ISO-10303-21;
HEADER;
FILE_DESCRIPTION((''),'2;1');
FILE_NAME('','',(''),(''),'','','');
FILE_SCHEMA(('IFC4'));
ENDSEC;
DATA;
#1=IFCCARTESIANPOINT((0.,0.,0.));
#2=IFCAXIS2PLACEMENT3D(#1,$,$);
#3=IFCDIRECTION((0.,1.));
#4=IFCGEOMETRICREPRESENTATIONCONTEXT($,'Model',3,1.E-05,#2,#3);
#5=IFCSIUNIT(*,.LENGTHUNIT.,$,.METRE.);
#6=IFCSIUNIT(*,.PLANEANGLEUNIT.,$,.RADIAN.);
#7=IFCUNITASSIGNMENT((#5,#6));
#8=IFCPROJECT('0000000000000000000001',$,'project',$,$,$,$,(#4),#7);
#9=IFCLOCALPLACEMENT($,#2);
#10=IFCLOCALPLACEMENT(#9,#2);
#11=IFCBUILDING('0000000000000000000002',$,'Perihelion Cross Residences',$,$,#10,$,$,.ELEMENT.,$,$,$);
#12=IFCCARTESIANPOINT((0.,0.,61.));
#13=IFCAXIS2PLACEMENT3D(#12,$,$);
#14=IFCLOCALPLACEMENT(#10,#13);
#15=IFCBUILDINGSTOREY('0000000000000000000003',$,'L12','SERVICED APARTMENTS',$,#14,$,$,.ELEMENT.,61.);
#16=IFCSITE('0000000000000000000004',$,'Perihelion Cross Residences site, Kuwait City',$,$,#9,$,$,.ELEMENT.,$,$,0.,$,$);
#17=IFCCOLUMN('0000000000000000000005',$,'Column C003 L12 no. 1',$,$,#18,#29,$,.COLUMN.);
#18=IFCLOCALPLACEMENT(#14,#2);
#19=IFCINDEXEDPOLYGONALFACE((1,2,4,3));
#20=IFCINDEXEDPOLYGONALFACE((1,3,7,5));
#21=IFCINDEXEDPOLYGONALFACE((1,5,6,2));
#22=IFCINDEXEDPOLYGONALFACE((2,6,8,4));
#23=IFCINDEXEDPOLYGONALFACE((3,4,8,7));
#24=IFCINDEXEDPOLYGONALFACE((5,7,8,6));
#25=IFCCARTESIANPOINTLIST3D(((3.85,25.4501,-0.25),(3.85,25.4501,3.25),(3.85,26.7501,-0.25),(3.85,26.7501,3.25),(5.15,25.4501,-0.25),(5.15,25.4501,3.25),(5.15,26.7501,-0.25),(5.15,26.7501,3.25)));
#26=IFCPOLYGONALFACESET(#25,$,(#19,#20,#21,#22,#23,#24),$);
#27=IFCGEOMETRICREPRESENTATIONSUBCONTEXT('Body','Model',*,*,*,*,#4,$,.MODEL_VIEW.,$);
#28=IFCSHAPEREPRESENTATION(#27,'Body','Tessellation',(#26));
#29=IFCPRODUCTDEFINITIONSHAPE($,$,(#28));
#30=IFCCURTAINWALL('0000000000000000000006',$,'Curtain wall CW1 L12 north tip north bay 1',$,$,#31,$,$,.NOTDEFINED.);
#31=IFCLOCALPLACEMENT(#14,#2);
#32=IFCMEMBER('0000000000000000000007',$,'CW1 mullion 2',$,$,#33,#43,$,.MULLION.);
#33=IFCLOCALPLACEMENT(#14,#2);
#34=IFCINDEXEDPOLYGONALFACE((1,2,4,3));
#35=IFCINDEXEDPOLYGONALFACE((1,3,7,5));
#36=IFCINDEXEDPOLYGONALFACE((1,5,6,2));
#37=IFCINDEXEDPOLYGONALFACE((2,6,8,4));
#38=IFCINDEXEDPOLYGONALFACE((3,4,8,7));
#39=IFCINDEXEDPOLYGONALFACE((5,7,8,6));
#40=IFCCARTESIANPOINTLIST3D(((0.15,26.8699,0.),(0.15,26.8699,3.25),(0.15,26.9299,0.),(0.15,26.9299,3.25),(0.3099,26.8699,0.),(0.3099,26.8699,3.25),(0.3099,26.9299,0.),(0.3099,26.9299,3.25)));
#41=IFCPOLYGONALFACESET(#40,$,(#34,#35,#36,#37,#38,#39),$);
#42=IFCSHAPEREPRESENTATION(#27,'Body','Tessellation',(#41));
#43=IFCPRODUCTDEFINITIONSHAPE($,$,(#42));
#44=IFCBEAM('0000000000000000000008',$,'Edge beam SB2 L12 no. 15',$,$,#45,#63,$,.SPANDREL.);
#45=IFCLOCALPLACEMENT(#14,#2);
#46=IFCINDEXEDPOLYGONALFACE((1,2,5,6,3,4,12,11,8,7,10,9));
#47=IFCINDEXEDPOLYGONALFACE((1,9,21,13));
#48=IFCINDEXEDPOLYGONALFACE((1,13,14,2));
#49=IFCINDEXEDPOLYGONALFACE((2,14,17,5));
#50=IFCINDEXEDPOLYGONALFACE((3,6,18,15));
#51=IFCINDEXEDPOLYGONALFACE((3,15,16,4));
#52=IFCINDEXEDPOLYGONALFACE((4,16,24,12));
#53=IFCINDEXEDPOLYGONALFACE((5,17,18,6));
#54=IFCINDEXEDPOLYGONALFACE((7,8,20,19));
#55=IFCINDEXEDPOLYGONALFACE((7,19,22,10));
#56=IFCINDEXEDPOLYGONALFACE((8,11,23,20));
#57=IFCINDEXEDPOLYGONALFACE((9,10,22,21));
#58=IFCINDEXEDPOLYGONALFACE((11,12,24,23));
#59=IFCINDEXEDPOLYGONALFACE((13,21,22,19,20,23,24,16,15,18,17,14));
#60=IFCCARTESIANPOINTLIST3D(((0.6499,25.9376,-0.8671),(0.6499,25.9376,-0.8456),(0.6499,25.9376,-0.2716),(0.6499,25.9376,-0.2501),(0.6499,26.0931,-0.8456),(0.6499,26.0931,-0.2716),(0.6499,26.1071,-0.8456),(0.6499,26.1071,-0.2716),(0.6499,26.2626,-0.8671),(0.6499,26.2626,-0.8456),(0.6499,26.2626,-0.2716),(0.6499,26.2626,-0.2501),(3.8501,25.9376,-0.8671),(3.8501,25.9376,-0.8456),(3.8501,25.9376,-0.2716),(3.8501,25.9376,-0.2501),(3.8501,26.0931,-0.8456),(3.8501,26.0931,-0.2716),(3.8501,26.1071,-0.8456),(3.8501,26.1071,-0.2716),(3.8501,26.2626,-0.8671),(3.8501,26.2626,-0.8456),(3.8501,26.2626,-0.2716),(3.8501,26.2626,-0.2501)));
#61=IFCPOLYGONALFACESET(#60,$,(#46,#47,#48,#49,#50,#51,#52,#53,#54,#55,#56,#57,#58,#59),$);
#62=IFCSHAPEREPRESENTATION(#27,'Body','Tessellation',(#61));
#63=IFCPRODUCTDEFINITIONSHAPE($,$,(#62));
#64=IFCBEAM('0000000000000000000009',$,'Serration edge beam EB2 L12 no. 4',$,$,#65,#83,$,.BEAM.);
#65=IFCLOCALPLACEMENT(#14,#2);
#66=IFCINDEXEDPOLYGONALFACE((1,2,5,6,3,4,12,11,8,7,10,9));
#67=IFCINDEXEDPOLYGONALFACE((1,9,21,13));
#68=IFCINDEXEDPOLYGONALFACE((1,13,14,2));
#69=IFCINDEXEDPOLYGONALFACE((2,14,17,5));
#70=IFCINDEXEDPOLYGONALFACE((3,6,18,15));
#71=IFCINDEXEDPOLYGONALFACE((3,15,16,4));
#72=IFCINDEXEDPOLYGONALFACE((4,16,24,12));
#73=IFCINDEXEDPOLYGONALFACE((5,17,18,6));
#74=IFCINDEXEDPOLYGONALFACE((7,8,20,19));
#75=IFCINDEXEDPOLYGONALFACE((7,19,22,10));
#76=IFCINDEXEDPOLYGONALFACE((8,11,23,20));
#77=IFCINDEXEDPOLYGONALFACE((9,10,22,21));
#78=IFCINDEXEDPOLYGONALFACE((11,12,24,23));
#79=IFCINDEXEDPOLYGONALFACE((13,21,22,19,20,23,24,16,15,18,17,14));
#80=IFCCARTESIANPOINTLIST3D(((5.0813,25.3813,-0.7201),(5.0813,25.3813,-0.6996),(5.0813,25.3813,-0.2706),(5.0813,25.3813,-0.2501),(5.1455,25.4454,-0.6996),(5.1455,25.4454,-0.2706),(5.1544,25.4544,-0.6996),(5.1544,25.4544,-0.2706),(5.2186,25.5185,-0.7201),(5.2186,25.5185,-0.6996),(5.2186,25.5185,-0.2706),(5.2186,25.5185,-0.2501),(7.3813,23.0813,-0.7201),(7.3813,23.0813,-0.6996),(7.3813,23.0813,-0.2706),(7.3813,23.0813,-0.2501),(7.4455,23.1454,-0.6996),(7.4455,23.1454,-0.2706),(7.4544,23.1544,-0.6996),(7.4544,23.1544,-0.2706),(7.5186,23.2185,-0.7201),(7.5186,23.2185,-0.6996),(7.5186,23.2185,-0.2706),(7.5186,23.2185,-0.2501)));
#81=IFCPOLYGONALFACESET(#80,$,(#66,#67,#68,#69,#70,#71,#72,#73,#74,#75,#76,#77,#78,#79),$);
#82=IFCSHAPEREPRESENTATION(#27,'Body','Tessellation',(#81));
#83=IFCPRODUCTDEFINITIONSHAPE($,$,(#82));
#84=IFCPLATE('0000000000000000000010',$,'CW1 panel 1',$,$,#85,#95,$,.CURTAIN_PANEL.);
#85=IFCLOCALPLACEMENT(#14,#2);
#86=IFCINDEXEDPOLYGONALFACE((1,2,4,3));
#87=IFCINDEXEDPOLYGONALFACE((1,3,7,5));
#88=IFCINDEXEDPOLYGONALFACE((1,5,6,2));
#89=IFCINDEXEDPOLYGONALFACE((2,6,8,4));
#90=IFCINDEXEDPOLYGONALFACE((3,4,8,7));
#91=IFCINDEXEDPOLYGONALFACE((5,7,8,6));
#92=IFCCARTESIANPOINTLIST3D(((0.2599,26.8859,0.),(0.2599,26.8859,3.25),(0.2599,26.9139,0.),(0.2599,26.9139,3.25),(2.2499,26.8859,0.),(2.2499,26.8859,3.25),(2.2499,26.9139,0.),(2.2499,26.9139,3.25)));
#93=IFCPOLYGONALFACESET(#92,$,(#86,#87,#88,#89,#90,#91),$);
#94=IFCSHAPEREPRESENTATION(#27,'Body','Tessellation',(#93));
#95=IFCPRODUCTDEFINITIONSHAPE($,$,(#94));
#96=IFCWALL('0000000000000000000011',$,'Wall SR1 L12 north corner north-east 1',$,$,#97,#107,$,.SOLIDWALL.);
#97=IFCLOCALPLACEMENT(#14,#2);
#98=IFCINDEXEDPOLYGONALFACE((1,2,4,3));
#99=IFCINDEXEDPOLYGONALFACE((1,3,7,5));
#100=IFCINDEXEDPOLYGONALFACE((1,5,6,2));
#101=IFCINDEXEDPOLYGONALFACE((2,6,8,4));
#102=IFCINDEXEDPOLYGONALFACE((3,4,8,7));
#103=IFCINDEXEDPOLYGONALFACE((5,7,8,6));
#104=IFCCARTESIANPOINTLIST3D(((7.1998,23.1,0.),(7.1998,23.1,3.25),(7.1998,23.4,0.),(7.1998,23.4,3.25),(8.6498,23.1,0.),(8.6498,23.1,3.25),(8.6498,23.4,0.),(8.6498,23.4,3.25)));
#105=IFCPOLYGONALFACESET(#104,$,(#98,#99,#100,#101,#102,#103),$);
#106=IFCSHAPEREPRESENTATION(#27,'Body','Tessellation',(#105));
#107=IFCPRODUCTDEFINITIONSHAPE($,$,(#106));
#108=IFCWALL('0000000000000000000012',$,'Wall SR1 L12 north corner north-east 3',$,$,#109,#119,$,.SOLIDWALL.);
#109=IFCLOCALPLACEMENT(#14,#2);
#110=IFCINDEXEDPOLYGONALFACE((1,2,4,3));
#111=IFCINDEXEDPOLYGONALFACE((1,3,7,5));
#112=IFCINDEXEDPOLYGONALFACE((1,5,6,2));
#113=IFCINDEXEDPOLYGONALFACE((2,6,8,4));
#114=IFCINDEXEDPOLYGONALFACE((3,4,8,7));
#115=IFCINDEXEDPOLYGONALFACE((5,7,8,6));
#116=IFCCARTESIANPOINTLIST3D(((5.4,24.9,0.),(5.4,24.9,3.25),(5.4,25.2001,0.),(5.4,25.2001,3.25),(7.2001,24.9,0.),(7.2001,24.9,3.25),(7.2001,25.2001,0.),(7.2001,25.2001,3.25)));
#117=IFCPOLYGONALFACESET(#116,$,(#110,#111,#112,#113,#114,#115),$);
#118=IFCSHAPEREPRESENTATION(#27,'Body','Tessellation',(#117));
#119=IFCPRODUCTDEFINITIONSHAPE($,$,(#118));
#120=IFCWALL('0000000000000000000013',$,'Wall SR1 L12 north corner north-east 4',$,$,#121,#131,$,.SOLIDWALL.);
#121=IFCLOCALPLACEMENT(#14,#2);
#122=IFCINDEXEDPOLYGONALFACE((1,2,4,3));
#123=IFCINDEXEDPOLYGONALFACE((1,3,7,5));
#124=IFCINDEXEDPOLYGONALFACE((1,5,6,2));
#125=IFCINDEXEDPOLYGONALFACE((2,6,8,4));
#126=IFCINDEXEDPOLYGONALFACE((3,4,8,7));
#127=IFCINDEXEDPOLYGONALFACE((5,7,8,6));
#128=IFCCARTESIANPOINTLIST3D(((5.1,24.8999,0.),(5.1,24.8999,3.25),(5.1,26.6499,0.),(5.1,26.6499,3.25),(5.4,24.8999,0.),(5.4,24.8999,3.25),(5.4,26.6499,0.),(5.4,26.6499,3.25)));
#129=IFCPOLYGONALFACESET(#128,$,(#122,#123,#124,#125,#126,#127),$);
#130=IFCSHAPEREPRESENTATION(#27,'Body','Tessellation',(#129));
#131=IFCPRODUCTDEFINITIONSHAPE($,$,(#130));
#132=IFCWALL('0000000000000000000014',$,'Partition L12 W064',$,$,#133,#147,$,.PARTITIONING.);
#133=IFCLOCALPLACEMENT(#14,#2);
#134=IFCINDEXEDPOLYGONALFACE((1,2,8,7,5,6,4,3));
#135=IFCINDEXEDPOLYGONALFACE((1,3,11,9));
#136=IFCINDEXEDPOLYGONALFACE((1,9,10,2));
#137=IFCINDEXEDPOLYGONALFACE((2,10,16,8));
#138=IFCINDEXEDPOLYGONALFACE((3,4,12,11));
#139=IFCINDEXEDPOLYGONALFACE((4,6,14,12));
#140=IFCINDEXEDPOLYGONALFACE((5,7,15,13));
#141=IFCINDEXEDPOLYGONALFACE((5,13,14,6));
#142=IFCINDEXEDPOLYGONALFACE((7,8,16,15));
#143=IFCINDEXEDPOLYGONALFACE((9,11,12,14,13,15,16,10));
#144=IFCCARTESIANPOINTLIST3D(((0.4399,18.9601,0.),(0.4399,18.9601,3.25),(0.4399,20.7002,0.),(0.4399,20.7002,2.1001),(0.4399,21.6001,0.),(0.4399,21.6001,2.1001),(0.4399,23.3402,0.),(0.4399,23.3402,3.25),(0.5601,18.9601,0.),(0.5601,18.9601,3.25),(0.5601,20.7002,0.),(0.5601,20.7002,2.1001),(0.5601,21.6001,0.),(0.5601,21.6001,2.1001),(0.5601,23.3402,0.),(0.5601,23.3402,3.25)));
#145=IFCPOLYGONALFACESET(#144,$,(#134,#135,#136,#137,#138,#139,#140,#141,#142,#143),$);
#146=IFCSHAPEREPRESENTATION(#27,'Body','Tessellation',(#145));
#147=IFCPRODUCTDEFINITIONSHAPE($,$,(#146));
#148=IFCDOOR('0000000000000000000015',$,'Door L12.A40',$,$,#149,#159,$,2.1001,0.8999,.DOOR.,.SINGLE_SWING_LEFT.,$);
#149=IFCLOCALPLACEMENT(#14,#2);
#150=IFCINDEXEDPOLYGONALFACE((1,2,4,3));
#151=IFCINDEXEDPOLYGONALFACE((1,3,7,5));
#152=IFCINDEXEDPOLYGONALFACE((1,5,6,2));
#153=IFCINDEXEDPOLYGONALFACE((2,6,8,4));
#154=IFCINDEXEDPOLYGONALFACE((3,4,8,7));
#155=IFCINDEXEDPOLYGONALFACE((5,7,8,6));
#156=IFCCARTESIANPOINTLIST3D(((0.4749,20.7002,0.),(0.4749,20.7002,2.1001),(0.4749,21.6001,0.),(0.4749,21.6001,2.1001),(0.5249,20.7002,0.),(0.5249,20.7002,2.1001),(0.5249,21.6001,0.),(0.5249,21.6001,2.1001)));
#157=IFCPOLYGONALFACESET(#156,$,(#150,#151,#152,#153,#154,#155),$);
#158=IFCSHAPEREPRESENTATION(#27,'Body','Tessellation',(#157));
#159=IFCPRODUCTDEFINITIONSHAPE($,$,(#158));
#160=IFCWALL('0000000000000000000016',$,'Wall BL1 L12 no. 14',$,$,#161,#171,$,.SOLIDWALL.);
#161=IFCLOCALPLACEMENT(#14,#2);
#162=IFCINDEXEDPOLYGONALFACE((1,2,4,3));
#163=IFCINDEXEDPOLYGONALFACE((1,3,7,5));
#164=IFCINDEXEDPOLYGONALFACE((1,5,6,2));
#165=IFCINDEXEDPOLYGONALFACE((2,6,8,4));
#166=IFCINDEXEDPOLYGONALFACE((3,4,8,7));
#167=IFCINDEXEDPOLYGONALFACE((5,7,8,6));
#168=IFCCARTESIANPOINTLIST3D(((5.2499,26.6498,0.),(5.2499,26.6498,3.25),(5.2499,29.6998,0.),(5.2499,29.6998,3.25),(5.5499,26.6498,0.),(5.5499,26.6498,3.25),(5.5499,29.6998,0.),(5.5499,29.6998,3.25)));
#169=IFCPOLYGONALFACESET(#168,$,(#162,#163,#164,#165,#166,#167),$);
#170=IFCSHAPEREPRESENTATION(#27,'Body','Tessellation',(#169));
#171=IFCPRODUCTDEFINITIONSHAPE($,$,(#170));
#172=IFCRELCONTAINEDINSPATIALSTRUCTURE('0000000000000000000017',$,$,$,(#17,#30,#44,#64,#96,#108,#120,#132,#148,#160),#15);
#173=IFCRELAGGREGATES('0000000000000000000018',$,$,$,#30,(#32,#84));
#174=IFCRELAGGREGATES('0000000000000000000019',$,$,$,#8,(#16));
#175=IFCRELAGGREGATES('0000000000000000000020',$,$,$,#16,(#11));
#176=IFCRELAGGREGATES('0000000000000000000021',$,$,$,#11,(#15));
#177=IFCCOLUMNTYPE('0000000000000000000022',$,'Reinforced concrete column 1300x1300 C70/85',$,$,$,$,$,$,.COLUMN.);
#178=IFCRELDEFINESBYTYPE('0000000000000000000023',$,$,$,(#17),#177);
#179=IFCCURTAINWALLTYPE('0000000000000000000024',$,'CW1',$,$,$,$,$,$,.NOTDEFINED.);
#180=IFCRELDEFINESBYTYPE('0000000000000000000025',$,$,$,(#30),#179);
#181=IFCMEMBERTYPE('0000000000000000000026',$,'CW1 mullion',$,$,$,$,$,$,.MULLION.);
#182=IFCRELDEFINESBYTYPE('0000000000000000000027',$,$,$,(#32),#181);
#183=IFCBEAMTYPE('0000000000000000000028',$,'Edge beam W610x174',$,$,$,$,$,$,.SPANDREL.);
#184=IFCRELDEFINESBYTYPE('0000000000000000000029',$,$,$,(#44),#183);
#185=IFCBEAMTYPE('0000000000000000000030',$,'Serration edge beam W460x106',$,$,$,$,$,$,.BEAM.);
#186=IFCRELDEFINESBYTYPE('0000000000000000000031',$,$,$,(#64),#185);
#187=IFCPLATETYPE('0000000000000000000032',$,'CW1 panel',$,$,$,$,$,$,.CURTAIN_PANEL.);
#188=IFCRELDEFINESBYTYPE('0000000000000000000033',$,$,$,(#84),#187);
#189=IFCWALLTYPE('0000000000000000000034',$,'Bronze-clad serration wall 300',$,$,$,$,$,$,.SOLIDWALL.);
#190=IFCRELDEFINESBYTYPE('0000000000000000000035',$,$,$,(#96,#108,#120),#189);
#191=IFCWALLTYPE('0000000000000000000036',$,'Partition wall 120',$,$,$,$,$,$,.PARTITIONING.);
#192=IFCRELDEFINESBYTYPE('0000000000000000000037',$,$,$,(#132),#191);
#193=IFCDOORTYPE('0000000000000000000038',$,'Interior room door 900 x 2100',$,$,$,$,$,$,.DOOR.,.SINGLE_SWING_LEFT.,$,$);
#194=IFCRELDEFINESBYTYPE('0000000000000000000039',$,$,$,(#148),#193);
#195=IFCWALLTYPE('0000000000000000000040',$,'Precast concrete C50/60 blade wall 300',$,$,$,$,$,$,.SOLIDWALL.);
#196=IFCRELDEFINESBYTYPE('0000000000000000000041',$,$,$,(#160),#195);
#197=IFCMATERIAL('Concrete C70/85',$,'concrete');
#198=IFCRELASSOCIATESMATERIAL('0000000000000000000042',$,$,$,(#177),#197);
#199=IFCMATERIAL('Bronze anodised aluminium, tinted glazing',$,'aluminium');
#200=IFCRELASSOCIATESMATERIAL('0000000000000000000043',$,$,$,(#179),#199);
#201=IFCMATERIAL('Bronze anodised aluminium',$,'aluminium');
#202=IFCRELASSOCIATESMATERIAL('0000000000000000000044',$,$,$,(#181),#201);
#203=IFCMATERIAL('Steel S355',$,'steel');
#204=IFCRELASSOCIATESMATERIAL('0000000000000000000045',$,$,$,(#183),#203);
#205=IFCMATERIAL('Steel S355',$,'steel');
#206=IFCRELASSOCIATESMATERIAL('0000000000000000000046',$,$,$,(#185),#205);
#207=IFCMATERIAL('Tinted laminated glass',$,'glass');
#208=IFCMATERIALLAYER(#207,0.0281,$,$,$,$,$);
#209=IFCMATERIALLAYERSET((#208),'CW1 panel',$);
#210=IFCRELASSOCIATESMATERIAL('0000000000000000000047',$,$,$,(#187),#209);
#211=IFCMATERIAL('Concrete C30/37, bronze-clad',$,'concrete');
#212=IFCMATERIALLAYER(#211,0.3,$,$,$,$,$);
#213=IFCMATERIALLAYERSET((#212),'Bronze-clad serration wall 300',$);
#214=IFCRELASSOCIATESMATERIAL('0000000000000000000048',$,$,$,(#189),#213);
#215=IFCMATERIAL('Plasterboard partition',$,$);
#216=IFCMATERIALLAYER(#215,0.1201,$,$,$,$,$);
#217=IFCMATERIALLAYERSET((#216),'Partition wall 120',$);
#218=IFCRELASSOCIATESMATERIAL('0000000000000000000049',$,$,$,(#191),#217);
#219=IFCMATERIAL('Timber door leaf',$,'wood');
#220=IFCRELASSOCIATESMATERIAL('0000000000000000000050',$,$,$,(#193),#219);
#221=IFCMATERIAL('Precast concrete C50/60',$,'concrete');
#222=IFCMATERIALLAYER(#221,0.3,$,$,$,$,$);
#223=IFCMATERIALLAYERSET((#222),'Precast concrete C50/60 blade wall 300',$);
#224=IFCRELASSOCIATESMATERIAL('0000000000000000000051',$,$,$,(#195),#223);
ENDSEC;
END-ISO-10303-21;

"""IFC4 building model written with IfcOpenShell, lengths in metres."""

from ifc_helpers import new_model, si_unit, direction, frame, frame_2d, origin, origin_2d, place, context, subcontext, project, spatial, rectangle, i_section, extrude, material, layer, layer_set, material_profile, profile_set, type_object, element, fill, aggregate, save


model = new_model("IFC4")

# Units and contexts
model_context = context("Model", 3, precision=1e-05, world=origin(), true_north=direction((0.0, 1.0)))
body_context = subcontext(model_context, "Body", "Model", "MODEL_VIEW")
ifc_project = project(units=[si_unit("LENGTHUNIT", "METRE"), si_unit("PLANEANGLEUNIT", "RADIAN")], contexts=[model_context])

# Site, building, storey
site_placement = place(None, origin())
site = spatial("IfcSite", under=ifc_project, at=site_placement, Name="Perihelion Cross Residences site, Kuwait City", CompositionType="ELEMENT", RefElevation=0.0)
building_placement = place(site_placement, origin())
building = spatial("IfcBuilding", under=site, at=building_placement, Name="Perihelion Cross Residences", CompositionType="ELEMENT")
storey_placement = place(building_placement, frame((0.0, 0.0, 61.0)))
storey = spatial("IfcBuildingStorey", under=building, at=storey_placement, Name="L12", Description="SERVICED APARTMENTS", CompositionType="ELEMENT", Elevation=61.0)

# Column
ifc_material_1 = material(Name="Concrete C70/85", Category="concrete")
ifc_material_profile_1 = material_profile(ifc_material_1, rectangle(XDim=1.3, YDim=1.3, at=origin_2d()), Name="RC 1300x1300")
ifc_profile_set_1 = profile_set([ifc_material_profile_1], Name="Concrete C70/85")
column_type = type_object("IfcColumnType", Name="Reinforced concrete column 1300x1300 C70/85", PredefinedType="COLUMN", material=ifc_profile_set_1)
column_placement = place(storey_placement, frame((4.5, 26.1001, -0.25), z_axis=(0.0, 0.0, 1.0), x_axis=(1.0, 0.0, 0.0)))
element("IfcColumn", 1, at=column_placement, inside=storey, type_object=column_type, Name="Column C003 L12 no. 1", PredefinedType="COLUMN", context=body_context, shape_type="SweptSolid", body=[
    extrude(rectangle(XDim=1.3, YDim=1.3, at=origin_2d()), origin(), (0.0, 0.0, 1.0), 3.5),
])

# Curtain wall, member
ifc_material_2 = material(Name="Bronze anodised aluminium, tinted glazing", Category="aluminium")
curtain_wall_type = type_object("IfcCurtainWallType", Name="CW1", PredefinedType="NOTDEFINED", material=ifc_material_2)
curtain_wall_placement = place(storey_placement, origin())
curtain_wall = element("IfcCurtainWall", 2, at=curtain_wall_placement, inside=storey, type_object=curtain_wall_type, Name="Curtain wall CW1 L12 north tip north bay 1", PredefinedType="NOTDEFINED")
ifc_material_3 = material(Name="Bronze anodised aluminium", Category="aluminium")
ifc_material_profile_2 = material_profile(ifc_material_3, rectangle(XDim=0.0601, YDim=0.1599, at=origin_2d()), Name="CW1 mullion")
ifc_profile_set_2 = profile_set([ifc_material_profile_2], Name="Bronze anodised aluminium")
member_type = type_object("IfcMemberType", Name="CW1 mullion", PredefinedType="MULLION", material=ifc_profile_set_2)
member_placement = place(storey_placement, frame((0.23, 26.8999, 0.0), z_axis=(0.0, 0.0, 1.0), x_axis=(0.0, -1.0, 0.0)))
member = element("IfcMember", 3, at=member_placement, type_object=member_type, Name="CW1 mullion 2", PredefinedType="MULLION", context=body_context, shape_type="SweptSolid", body=[
    extrude(rectangle(XDim=0.0601, YDim=0.1599, at=origin_2d()), origin(), (0.0, 0.0, 1.0), 3.25),
])

# Beams
ifc_material_4 = material(Name="Steel S355", Category="steel")
ifc_material_profile_3 = material_profile(ifc_material_4, i_section(OverallWidth=0.325, OverallDepth=0.6169, WebThickness=0.0139, FlangeThickness=0.0215, at=origin_2d()), Name="W610x174")
ifc_profile_set_3 = profile_set([ifc_material_profile_3], Name="Steel S355")
beam_type_1 = type_object("IfcBeamType", Name="Edge beam W610x174", PredefinedType="SPANDREL", material=ifc_profile_set_3)
beam_1_placement = place(storey_placement, frame((3.8501, 26.1001, -0.5586), z_axis=(-1.0, 0.0, 0.0), x_axis=(0.0, -1.0, 0.0)))
element("IfcBeam", 4, at=beam_1_placement, inside=storey, type_object=beam_type_1, Name="Edge beam SB2 L12 no. 15", PredefinedType="SPANDREL", context=body_context, shape_type="SweptSolid", body=[
    extrude(i_section(OverallWidth=0.325, OverallDepth=0.6169, WebThickness=0.0139, FlangeThickness=0.0215, at=origin_2d()), origin(), (0.0, 0.0, 1.0), 3.2002),
])
ifc_material_5 = material(Name="Steel S355", Category="steel")
ifc_material_profile_4 = material_profile(ifc_material_5, i_section(OverallWidth=0.1941, OverallDepth=0.47, WebThickness=0.0127, FlangeThickness=0.0205, at=origin_2d()), Name="W460x106")
ifc_profile_set_4 = profile_set([ifc_material_profile_4], Name="Steel S355")
beam_type_2 = type_object("IfcBeamType", Name="Serration edge beam W460x106", PredefinedType="BEAM", material=ifc_profile_set_4)
beam_2_placement = place(storey_placement, frame((7.45, 23.1499, -0.4851), z_axis=(-0.707107, 0.707107, 0.0), x_axis=(-0.707107, -0.707107, 0.0)))
element("IfcBeam", 5, at=beam_2_placement, inside=storey, type_object=beam_type_2, Name="Serration edge beam EB2 L12 no. 4", PredefinedType="BEAM", context=body_context, shape_type="SweptSolid", body=[
    extrude(i_section(OverallWidth=0.1941, OverallDepth=0.47, WebThickness=0.0127, FlangeThickness=0.0205, at=origin_2d()), origin(), (0.0, 0.0, 1.0), 3.2527),
])

# Plate
ifc_material_6 = material(Name="Tinted laminated glass", Category="glass")
ifc_layer_1 = layer(ifc_material_6, 0.0281)
ifc_layer_set_1 = layer_set([ifc_layer_1], Name="CW1 panel")
plate_type = type_object("IfcPlateType", Name="CW1 panel", PredefinedType="CURTAIN_PANEL", material=ifc_layer_set_1)
plate_placement = place(storey_placement, frame((1.2549, 26.8999, 0.0), z_axis=(0.0, 0.0, 1.0), x_axis=(-1.0, 0.0, 0.0)))
plate = element("IfcPlate", 6, at=plate_placement, type_object=plate_type, Name="CW1 panel 1", PredefinedType="CURTAIN_PANEL", context=body_context, shape_type="SweptSolid", body=[
    extrude(rectangle(XDim=1.99, YDim=0.0281, at=origin_2d()), origin(), (0.0, 0.0, 1.0), 3.25),
])
aggregate(curtain_wall, [member, plate])

# Walls
ifc_material_7 = material(Name="Concrete C30/37, bronze-clad", Category="concrete")
ifc_layer_2 = layer(ifc_material_7, 0.3)
ifc_layer_set_2 = layer_set([ifc_layer_2], Name="Bronze-clad serration wall 300")
wall_type_1 = type_object("IfcWallType", Name="Bronze-clad serration wall 300", PredefinedType="SOLIDWALL", material=ifc_layer_set_2)
wall_1_placement = place(storey_placement, frame((8.6499, 23.25, 0.0), z_axis=(0.0, 0.0, 1.0), x_axis=(-1.0, 0.0, 0.0)))
element("IfcWall", 7, at=wall_1_placement, inside=storey, type_object=wall_type_1, Name="Wall SR1 L12 north corner north-east 1", PredefinedType="SOLIDWALL", context=body_context, shape_type="SweptSolid", body=[
    extrude(rectangle(XDim=1.45, YDim=0.3, at=frame_2d((0.7251, 0.0))), origin(), (0.0, 0.0, 1.0), 3.25),
])
wall_2_placement = place(storey_placement, frame((7.2, 25.05, 0.0), z_axis=(0.0, 0.0, 1.0), x_axis=(-1.0, 0.0, 0.0)))
element("IfcWall", 8, at=wall_2_placement, inside=storey, type_object=wall_type_1, Name="Wall SR1 L12 north corner north-east 3", PredefinedType="SOLIDWALL", context=body_context, shape_type="SweptSolid", body=[
    extrude(rectangle(XDim=1.8, YDim=0.3, at=frame_2d((0.8999, 0.0))), origin(), (0.0, 0.0, 1.0), 3.25),
])
wall_3_placement = place(storey_placement, frame((5.25, 24.8999, 0.0), z_axis=(0.0, 0.0, 1.0), x_axis=(0.0, 1.0, 0.0)))
element("IfcWall", 9, at=wall_3_placement, inside=storey, type_object=wall_type_1, Name="Wall SR1 L12 north corner north-east 4", PredefinedType="SOLIDWALL", context=body_context, shape_type="SweptSolid", body=[
    extrude(rectangle(XDim=1.75, YDim=0.3, at=frame_2d((0.875, 0.0))), origin(), (0.0, 0.0, 1.0), 3.25),
])

# Wall, opening, door
ifc_material_8 = material(Name="Plasterboard partition")
ifc_layer_3 = layer(ifc_material_8, 0.1201)
ifc_layer_set_3 = layer_set([ifc_layer_3], Name="Partition wall 120")
wall_type_2 = type_object("IfcWallType", Name="Partition wall 120", PredefinedType="PARTITIONING", material=ifc_layer_set_3)
wall_4_placement = place(storey_placement, frame((0.5, 23.3401, 0.0), z_axis=(0.0, 0.0, 1.0), x_axis=(0.0, -1.0, 0.0)))
wall_4 = element("IfcWall", 10, at=wall_4_placement, inside=storey, type_object=wall_type_2, Name="Partition L12 W064", PredefinedType="PARTITIONING", context=body_context, shape_type="SweptSolid", body=[
    extrude(rectangle(XDim=4.3801, YDim=0.1201, at=frame_2d((2.1899, 0.0))), origin(), (0.0, 0.0, 1.0), 3.25),
])
opening_1_placement = place(wall_4_placement, frame((1.74, 0.0, 0.0)))
opening_1 = element("IfcOpeningElement", 11, at=opening_1_placement, cuts=wall_4, PredefinedType="OPENING", context=body_context, shape_type="SweptSolid", body=[
    extrude(rectangle(XDim=0.8999, YDim=2.1001, at=frame_2d((0.45, 1.05))), frame((0.0, 0.0701, 0.0), z_axis=(0.0, -1.0, 0.0), x_axis=(1.0, 0.0, 0.0)), (0.0, 0.0, 1.0), 0.1401),
])
ifc_material_9 = material(Name="Timber door leaf", Category="wood")
door_type_1 = type_object("IfcDoorType", Name="Interior room door 900 x 2100", OperationType="SINGLE_SWING_LEFT", PredefinedType="DOOR", material=ifc_material_9)
door_1_placement = place(opening_1_placement, origin())
door_1 = element("IfcDoor", 12, at=door_1_placement, inside=storey, type_object=door_type_1, Name="Door L12.A40", OperationType="SINGLE_SWING_LEFT", OverallHeight=2.1001, OverallWidth=0.8999, PredefinedType="DOOR", context=body_context, shape_type="SweptSolid", body=[
    extrude(rectangle(XDim=0.8999, YDim=2.1001, at=frame_2d((0.45, 1.05))), frame((0.0, 0.0249, 0.0), z_axis=(0.0, -1.0, 0.0), x_axis=(1.0, 0.0, 0.0)), (0.0, 0.0, 1.0), 0.05),
])
fill(opening_1, door_1)

# Wall
ifc_material_10 = material(Name="Precast concrete C50/60", Category="concrete")
ifc_layer_4 = layer(ifc_material_10, 0.3)
ifc_layer_set_4 = layer_set([ifc_layer_4], Name="Precast concrete C50/60 blade wall 300")
wall_type_3 = type_object("IfcWallType", Name="Precast concrete C50/60 blade wall 300", PredefinedType="SOLIDWALL", material=ifc_layer_set_4)
for number, where, z_axis, x_axis, name in (
    (13, (5.3999, 26.6499, 0.0), (0.0, 0.0, 1.0), (0.0, 1.0, 0.0), "Wall BL1 L12 no. 14"),
):
    element("IfcWall", number, at=place(storey_placement, frame(where, z_axis=z_axis, x_axis=x_axis)), inside=storey, type_object=wall_type_3, Name=name, PredefinedType="SOLIDWALL", context=body_context, shape_type="SweptSolid", body=[
        extrude(rectangle(XDim=3.05, YDim=0.3, at=frame_2d((1.5249, 0.0))), origin(), (0.0, 0.0, 1.0), 3.25),
    ])

save(model, "model.ifc")
